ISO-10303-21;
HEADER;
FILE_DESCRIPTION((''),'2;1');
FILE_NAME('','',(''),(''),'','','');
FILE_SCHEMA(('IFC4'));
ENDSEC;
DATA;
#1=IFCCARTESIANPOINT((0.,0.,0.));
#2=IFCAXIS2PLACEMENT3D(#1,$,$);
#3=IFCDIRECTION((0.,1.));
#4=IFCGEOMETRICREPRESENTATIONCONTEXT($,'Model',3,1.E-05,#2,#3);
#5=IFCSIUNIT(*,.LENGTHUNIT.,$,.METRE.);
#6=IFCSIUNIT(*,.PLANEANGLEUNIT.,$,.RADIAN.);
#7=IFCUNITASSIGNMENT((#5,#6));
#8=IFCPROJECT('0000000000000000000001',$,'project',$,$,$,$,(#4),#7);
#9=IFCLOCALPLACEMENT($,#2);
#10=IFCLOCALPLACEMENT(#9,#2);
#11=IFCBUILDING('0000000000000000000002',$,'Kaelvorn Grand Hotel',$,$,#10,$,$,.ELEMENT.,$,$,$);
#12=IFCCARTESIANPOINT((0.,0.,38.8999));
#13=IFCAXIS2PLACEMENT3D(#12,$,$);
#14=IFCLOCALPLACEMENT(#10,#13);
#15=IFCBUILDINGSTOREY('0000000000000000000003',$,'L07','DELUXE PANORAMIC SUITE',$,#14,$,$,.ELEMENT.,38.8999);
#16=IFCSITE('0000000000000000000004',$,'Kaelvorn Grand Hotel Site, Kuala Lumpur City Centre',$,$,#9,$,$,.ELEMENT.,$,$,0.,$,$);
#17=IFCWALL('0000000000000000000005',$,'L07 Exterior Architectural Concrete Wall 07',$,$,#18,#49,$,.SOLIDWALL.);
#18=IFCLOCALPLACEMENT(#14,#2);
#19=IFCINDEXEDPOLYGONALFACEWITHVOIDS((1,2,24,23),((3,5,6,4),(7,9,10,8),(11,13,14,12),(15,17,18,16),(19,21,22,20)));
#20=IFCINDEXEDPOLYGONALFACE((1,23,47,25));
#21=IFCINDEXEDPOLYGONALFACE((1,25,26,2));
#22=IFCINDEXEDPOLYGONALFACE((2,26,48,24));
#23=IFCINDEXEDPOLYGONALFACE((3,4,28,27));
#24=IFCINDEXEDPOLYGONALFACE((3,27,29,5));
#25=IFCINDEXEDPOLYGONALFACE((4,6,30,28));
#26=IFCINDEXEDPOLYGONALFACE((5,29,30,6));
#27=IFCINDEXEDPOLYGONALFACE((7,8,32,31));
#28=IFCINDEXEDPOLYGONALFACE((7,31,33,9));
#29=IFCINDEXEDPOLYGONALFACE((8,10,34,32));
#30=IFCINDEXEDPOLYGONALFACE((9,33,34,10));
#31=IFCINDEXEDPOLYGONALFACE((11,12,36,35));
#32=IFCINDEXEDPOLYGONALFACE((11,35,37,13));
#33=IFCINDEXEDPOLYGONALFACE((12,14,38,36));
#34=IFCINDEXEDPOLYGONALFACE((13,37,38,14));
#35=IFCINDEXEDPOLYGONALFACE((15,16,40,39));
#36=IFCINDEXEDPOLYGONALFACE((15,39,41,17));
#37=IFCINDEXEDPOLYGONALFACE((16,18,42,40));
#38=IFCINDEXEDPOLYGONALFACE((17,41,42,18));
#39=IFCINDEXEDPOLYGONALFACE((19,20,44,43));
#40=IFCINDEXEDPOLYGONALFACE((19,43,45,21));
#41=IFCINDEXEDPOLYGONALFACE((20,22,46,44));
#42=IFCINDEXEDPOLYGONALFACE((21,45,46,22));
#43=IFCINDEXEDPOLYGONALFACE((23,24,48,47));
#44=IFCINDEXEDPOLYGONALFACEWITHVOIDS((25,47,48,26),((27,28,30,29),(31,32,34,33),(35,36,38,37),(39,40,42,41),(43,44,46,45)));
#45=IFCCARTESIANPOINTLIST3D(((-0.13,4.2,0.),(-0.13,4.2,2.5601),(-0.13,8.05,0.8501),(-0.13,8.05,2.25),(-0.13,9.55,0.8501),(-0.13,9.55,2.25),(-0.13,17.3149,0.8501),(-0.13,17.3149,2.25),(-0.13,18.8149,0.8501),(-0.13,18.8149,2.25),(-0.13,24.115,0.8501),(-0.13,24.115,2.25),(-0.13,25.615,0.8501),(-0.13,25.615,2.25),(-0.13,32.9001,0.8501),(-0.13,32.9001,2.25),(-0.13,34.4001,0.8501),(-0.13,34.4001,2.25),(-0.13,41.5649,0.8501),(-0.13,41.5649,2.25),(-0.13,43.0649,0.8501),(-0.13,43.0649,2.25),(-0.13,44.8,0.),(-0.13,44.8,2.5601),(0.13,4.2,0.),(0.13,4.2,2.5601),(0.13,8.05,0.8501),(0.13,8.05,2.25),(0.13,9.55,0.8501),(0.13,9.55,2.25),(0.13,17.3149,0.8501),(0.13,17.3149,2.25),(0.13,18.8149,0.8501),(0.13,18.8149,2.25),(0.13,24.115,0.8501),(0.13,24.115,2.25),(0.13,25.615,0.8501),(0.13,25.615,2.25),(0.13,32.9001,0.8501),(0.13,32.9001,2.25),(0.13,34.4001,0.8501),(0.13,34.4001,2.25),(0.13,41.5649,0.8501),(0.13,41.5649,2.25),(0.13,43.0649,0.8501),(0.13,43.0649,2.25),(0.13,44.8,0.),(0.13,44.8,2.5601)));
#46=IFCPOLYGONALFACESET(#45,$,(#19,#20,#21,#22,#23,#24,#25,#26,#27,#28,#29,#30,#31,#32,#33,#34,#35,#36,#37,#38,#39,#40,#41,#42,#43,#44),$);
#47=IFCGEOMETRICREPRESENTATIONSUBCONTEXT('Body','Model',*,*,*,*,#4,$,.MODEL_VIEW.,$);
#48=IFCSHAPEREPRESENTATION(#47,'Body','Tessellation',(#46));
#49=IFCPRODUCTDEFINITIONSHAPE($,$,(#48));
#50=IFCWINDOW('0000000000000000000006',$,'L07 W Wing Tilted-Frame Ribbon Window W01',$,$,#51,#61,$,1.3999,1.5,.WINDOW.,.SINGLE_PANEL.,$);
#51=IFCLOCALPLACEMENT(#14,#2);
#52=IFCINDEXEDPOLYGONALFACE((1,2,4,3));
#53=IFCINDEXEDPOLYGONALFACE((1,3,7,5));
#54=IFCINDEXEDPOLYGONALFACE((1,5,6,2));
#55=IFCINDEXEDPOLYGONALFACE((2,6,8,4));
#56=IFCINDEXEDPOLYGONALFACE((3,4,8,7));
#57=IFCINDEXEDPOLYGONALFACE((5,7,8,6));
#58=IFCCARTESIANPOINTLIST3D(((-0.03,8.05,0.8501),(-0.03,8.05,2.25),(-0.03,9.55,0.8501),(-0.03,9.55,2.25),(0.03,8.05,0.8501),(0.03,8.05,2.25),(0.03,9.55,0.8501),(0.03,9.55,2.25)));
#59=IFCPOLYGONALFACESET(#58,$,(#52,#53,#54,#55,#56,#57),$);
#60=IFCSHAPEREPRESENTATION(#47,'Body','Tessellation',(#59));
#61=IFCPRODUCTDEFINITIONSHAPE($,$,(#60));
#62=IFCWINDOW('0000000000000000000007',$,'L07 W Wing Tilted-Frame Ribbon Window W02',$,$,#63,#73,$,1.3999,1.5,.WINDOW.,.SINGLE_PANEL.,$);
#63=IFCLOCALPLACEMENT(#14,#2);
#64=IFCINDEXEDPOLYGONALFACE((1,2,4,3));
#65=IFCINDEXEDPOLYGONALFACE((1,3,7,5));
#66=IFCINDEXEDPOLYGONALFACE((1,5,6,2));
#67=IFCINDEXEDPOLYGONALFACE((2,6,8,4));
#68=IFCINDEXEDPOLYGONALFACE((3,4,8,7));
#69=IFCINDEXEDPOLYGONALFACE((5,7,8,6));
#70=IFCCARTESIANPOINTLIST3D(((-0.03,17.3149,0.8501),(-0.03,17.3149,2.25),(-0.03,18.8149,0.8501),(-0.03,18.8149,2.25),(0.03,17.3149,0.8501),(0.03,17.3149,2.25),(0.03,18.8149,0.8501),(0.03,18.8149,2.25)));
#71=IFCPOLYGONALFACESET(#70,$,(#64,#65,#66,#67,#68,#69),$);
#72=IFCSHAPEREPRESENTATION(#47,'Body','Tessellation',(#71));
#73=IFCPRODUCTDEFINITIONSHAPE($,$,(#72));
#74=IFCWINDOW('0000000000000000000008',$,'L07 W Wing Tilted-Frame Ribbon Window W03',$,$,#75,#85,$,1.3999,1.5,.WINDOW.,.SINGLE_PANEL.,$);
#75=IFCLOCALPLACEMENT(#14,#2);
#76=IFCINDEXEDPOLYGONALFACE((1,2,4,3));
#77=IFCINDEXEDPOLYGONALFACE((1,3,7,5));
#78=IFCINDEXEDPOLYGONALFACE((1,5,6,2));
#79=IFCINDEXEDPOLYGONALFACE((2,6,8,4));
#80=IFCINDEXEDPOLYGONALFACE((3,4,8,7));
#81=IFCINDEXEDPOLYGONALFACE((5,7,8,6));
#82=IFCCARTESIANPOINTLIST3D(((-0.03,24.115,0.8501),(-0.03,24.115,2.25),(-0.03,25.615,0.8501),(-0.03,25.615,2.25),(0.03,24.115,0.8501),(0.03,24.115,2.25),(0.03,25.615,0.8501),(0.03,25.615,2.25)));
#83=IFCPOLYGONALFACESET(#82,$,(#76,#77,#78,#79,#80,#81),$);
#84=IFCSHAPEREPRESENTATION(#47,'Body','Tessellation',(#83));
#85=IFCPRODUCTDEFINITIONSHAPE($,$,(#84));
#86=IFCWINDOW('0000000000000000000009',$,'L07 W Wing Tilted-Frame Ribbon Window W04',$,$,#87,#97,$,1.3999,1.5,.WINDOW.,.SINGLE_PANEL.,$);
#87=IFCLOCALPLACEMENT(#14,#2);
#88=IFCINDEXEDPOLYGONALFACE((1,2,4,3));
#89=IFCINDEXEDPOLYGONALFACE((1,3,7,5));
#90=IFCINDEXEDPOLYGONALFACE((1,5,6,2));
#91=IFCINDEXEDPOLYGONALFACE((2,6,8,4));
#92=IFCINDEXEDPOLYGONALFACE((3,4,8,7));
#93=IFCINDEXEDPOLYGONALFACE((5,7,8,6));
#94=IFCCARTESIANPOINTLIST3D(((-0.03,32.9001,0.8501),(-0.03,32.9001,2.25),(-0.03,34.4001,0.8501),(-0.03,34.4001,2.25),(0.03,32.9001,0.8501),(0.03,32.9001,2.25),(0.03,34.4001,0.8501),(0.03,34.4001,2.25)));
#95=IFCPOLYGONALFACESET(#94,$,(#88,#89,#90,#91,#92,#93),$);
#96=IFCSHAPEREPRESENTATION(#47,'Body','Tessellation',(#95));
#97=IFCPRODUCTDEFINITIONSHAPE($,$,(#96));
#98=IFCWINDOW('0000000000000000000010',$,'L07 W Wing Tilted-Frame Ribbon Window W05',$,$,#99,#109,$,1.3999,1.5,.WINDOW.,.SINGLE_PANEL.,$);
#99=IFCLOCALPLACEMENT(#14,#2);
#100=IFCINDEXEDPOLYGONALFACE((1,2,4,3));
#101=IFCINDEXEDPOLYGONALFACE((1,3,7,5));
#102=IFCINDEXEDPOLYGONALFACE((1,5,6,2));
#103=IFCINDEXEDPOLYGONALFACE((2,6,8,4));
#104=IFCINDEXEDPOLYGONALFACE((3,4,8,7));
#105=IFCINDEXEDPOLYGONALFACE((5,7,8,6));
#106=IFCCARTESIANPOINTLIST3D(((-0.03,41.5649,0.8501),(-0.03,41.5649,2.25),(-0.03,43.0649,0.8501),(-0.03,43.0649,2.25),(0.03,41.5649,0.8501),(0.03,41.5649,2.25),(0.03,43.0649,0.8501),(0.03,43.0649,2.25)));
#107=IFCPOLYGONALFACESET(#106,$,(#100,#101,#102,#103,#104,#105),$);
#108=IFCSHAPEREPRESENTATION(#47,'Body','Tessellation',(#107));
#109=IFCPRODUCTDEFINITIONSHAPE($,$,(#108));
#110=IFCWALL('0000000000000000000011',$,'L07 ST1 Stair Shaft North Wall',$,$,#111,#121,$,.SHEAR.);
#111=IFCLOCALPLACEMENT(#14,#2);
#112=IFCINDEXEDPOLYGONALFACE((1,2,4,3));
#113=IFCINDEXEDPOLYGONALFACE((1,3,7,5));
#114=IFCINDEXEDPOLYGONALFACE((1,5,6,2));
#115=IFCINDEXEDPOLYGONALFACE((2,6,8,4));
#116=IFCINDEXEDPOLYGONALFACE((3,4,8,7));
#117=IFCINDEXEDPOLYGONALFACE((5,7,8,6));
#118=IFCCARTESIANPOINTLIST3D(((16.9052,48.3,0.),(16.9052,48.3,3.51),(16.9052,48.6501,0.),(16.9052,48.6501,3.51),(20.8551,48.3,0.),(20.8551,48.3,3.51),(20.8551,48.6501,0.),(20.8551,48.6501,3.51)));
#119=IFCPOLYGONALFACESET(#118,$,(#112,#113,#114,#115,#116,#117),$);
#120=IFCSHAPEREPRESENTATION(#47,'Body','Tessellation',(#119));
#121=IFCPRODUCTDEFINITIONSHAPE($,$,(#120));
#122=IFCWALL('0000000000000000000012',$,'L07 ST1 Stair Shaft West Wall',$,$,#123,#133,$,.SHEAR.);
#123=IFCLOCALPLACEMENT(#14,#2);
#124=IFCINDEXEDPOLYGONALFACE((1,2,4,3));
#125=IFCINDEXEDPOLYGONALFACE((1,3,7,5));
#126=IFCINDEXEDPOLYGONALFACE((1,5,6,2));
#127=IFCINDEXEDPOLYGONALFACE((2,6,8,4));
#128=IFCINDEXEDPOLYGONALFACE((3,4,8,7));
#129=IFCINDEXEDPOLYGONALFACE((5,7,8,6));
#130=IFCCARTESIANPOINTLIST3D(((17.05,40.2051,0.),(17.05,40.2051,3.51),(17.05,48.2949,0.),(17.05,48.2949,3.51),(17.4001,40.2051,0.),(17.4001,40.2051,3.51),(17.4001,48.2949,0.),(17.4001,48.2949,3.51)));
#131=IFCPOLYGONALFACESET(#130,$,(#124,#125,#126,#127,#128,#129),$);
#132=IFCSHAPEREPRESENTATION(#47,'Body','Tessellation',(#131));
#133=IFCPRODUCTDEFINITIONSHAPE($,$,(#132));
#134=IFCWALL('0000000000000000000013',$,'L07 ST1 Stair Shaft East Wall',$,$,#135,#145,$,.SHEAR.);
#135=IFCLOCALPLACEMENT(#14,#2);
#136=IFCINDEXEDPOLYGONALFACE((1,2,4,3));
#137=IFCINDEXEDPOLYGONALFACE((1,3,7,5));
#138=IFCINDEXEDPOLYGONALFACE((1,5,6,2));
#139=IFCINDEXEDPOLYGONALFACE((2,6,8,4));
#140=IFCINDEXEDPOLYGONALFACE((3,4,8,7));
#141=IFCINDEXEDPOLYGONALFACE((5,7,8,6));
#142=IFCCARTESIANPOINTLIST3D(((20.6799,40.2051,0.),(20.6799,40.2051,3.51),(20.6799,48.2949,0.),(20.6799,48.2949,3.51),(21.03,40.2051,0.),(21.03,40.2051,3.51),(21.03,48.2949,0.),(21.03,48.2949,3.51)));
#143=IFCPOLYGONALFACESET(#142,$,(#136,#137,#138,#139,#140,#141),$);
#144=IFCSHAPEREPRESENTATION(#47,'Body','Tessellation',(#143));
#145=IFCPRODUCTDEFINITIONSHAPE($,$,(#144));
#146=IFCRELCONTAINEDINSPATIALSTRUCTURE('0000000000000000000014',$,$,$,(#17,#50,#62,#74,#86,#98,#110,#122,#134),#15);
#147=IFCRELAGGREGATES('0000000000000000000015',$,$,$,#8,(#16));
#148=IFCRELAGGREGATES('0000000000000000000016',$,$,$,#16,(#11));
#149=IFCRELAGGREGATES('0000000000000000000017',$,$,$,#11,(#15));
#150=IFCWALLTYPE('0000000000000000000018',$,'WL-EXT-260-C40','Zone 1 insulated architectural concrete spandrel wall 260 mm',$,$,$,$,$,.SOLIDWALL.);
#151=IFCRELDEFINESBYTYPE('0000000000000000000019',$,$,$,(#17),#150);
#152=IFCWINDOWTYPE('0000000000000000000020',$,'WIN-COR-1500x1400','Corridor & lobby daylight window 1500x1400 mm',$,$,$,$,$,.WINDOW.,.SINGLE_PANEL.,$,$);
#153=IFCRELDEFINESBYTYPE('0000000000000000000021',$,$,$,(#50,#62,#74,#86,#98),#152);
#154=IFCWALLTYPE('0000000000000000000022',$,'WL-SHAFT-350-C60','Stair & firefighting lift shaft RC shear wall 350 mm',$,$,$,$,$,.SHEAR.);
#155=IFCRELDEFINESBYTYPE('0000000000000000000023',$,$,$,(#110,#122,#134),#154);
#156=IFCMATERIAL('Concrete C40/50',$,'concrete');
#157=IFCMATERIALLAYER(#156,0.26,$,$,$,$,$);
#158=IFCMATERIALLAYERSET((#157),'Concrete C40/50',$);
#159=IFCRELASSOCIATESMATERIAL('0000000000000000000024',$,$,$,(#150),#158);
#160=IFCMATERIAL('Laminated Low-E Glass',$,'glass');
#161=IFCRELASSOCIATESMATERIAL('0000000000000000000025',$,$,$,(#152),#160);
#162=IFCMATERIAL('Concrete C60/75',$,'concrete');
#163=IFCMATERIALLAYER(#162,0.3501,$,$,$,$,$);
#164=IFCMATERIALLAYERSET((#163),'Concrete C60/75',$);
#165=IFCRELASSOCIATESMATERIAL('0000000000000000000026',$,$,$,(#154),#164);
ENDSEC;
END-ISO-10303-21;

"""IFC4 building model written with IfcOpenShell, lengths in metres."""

from ifc_helpers import new_model, si_unit, direction, frame, frame_2d, origin, place, context, subcontext, project, spatial, rectangle, extrude, material, layer, layer_set, type_object, element, fill, save


model = new_model("IFC4")

# Units and contexts
model_context = context("Model", 3, precision=1e-05, world=origin(), true_north=direction((0.0, 1.0)))
body_context = subcontext(model_context, "Body", "Model", "MODEL_VIEW")
ifc_project = project(units=[si_unit("LENGTHUNIT", "METRE"), si_unit("PLANEANGLEUNIT", "RADIAN")], contexts=[model_context])

# Site, building, storey
site_placement = place(None, origin())
site = spatial("IfcSite", under=ifc_project, at=site_placement, Name="Kaelvorn Grand Hotel Site, Kuala Lumpur City Centre", CompositionType="ELEMENT", RefElevation=0.0)
building_placement = place(site_placement, origin())
building = spatial("IfcBuilding", under=site, at=building_placement, Name="Kaelvorn Grand Hotel", CompositionType="ELEMENT")
storey_placement = place(building_placement, frame((0.0, 0.0, 38.8999)))
storey = spatial("IfcBuildingStorey", under=building, at=storey_placement, Name="L07", Description="DELUXE PANORAMIC SUITE", CompositionType="ELEMENT", Elevation=38.8999)

# Shared definitions
ifc_material_1 = material(Name="Concrete C60/75", Category="concrete")

# Shared definitions
ifc_material_2 = material(Name="Concrete C40/50", Category="concrete")
ifc_layer_1 = layer(ifc_material_2, 0.26)
ifc_layer_set_1 = layer_set([ifc_layer_1], Name="Concrete C40/50")
wall_type_1 = type_object("IfcWallType", Name="WL-EXT-260-C40", Description="Zone 1 insulated architectural concrete spandrel wall 260 mm", PredefinedType="SOLIDWALL", material=ifc_layer_set_1)

# Wall, openings, windows
wall_1_placement = place(storey_placement, frame((0.0, 44.8, 0.0), z_axis=(0.0, 0.0, 1.0), x_axis=(0.0, -1.0, 0.0)))
wall_1 = element("IfcWall", 1, at=wall_1_placement, inside=storey, type_object=wall_type_1, Name="L07 Exterior Architectural Concrete Wall 07", PredefinedType="SOLIDWALL", context=body_context, shape_type="SweptSolid", body=[
    extrude(rectangle(XDim=40.6001, YDim=0.26, at=frame_2d((20.3, 0.0))), origin(), (0.0, 0.0, 1.0), 2.5601),
])
opening_1_placement = place(wall_1_placement, frame((35.25, 0.0, 0.8501)))
opening_1 = element("IfcOpeningElement", 2, at=opening_1_placement, cuts=wall_1, PredefinedType="OPENING", context=body_context, shape_type="SweptSolid", body=[
    extrude(rectangle(XDim=1.5, YDim=1.3999, at=frame_2d((0.75, 0.7))), frame((0.0, 0.1401, 0.0), z_axis=(0.0, -1.0, 0.0), x_axis=(1.0, 0.0, 0.0)), (0.0, 0.0, 1.0), 0.28),
])
opening_2_placement = place(wall_1_placement, frame((25.9851, 0.0, 0.8501)))
opening_2 = element("IfcOpeningElement", 3, at=opening_2_placement, cuts=wall_1, PredefinedType="OPENING", context=body_context, shape_type="SweptSolid", body=[
    extrude(rectangle(XDim=1.5, YDim=1.3999, at=frame_2d((0.75, 0.7))), frame((0.0, 0.1401, 0.0), z_axis=(0.0, -1.0, 0.0), x_axis=(1.0, 0.0, 0.0)), (0.0, 0.0, 1.0), 0.28),
])
opening_3_placement = place(wall_1_placement, frame((19.1851, 0.0, 0.8501)))
opening_3 = element("IfcOpeningElement", 4, at=opening_3_placement, cuts=wall_1, PredefinedType="OPENING", context=body_context, shape_type="SweptSolid", body=[
    extrude(rectangle(XDim=1.5, YDim=1.3999, at=frame_2d((0.75, 0.7))), frame((0.0, 0.1401, 0.0), z_axis=(0.0, -1.0, 0.0), x_axis=(1.0, 0.0, 0.0)), (0.0, 0.0, 1.0), 0.28),
])
opening_4_placement = place(wall_1_placement, frame((10.3999, 0.0, 0.8501)))
opening_4 = element("IfcOpeningElement", 5, at=opening_4_placement, cuts=wall_1, PredefinedType="OPENING", context=body_context, shape_type="SweptSolid", body=[
    extrude(rectangle(XDim=1.5, YDim=1.3999, at=frame_2d((0.75, 0.7))), frame((0.0, 0.1401, 0.0), z_axis=(0.0, -1.0, 0.0), x_axis=(1.0, 0.0, 0.0)), (0.0, 0.0, 1.0), 0.28),
])
opening_5_placement = place(wall_1_placement, frame((1.7351, 0.0, 0.8501)))
opening_5 = element("IfcOpeningElement", 6, at=opening_5_placement, cuts=wall_1, PredefinedType="OPENING", context=body_context, shape_type="SweptSolid", body=[
    extrude(rectangle(XDim=1.5, YDim=1.3999, at=frame_2d((0.75, 0.7))), frame((0.0, 0.1401, 0.0), z_axis=(0.0, -1.0, 0.0), x_axis=(1.0, 0.0, 0.0)), (0.0, 0.0, 1.0), 0.28),
])
ifc_material_3 = material(Name="Laminated Low-E Glass", Category="glass")
window_type = type_object("IfcWindowType", Name="WIN-COR-1500x1400", Description="Corridor & lobby daylight window 1500x1400 mm", PartitioningType="SINGLE_PANEL", PredefinedType="WINDOW", material=ifc_material_3)
window_1_placement = place(opening_1_placement, origin())
window_1 = element("IfcWindow", 7, at=window_1_placement, inside=storey, type_object=window_type, Name="L07 W Wing Tilted-Frame Ribbon Window W01", OverallHeight=1.3999, OverallWidth=1.5, PartitioningType="SINGLE_PANEL", PredefinedType="WINDOW", context=body_context, shape_type="SweptSolid", body=[
    extrude(rectangle(XDim=1.5, YDim=1.3999, at=frame_2d((0.75, 0.7))), frame((0.0, 0.03, 0.0), z_axis=(0.0, -1.0, 0.0), x_axis=(1.0, 0.0, 0.0)), (0.0, 0.0, 1.0), 0.0601),
])
fill(opening_1, window_1)
window_2_placement = place(opening_2_placement, origin())
window_2 = element("IfcWindow", 8, at=window_2_placement, inside=storey, type_object=window_type, Name="L07 W Wing Tilted-Frame Ribbon Window W02", OverallHeight=1.3999, OverallWidth=1.5, PartitioningType="SINGLE_PANEL", PredefinedType="WINDOW", context=body_context, shape_type="SweptSolid", body=[
    extrude(rectangle(XDim=1.5, YDim=1.3999, at=frame_2d((0.75, 0.7))), frame((0.0, 0.03, 0.0), z_axis=(0.0, -1.0, 0.0), x_axis=(1.0, 0.0, 0.0)), (0.0, 0.0, 1.0), 0.0601),
])
fill(opening_2, window_2)
window_3_placement = place(opening_3_placement, origin())
window_3 = element("IfcWindow", 9, at=window_3_placement, inside=storey, type_object=window_type, Name="L07 W Wing Tilted-Frame Ribbon Window W03", OverallHeight=1.3999, OverallWidth=1.5, PartitioningType="SINGLE_PANEL", PredefinedType="WINDOW", context=body_context, shape_type="SweptSolid", body=[
    extrude(rectangle(XDim=1.5, YDim=1.3999, at=frame_2d((0.75, 0.7))), frame((0.0, 0.03, 0.0), z_axis=(0.0, -1.0, 0.0), x_axis=(1.0, 0.0, 0.0)), (0.0, 0.0, 1.0), 0.0601),
])
fill(opening_3, window_3)
window_4_placement = place(opening_4_placement, origin())
window_4 = element("IfcWindow", 10, at=window_4_placement, inside=storey, type_object=window_type, Name="L07 W Wing Tilted-Frame Ribbon Window W04", OverallHeight=1.3999, OverallWidth=1.5, PartitioningType="SINGLE_PANEL", PredefinedType="WINDOW", context=body_context, shape_type="SweptSolid", body=[
    extrude(rectangle(XDim=1.5, YDim=1.3999, at=frame_2d((0.75, 0.7))), frame((0.0, 0.03, 0.0), z_axis=(0.0, -1.0, 0.0), x_axis=(1.0, 0.0, 0.0)), (0.0, 0.0, 1.0), 0.0601),
])
fill(opening_4, window_4)
window_5_placement = place(opening_5_placement, origin())
window_5 = element("IfcWindow", 11, at=window_5_placement, inside=storey, type_object=window_type, Name="L07 W Wing Tilted-Frame Ribbon Window W05", OverallHeight=1.3999, OverallWidth=1.5, PartitioningType="SINGLE_PANEL", PredefinedType="WINDOW", context=body_context, shape_type="SweptSolid", body=[
    extrude(rectangle(XDim=1.5, YDim=1.3999, at=frame_2d((0.75, 0.7))), frame((0.0, 0.03, 0.0), z_axis=(0.0, -1.0, 0.0), x_axis=(1.0, 0.0, 0.0)), (0.0, 0.0, 1.0), 0.0601),
])
fill(opening_5, window_5)

# Shared definitions
ifc_layer_2 = layer(ifc_material_1, 0.3501)
ifc_layer_set_2 = layer_set([ifc_layer_2], Name="Concrete C60/75")
wall_type_2 = type_object("IfcWallType", Name="WL-SHAFT-350-C60", Description="Stair & firefighting lift shaft RC shear wall 350 mm", PredefinedType="SHEAR", material=ifc_layer_set_2)

# Walls
wall_2_placement = place(storey_placement, frame((16.905, 48.4751, 0.0), z_axis=(0.0, 0.0, 1.0), x_axis=(1.0, 0.0, 0.0)))
element("IfcWall", 12, at=wall_2_placement, inside=storey, type_object=wall_type_2, Name="L07 ST1 Stair Shaft North Wall", PredefinedType="SHEAR", context=body_context, shape_type="SweptSolid", body=[
    extrude(rectangle(XDim=3.95, YDim=0.3501, at=frame_2d((1.9751, 0.0))), origin(), (0.0, 0.0, 1.0), 3.51),
])
for number, where, z_axis, x_axis, name in (
    (13, (17.2251, 40.2051, 0.0), (0.0, 0.0, 1.0), (0.0, 1.0, 0.0), "L07 ST1 Stair Shaft West Wall"),
    (14, (20.855, 40.2051, 0.0), (0.0, 0.0, 1.0), (0.0, 1.0, 0.0), "L07 ST1 Stair Shaft East Wall"),
):
    element("IfcWall", number, at=place(storey_placement, frame(where, z_axis=z_axis, x_axis=x_axis)), inside=storey, type_object=wall_type_2, Name=name, PredefinedType="SHEAR", context=body_context, shape_type="SweptSolid", body=[
        extrude(rectangle(XDim=8.0898, YDim=0.3501, at=frame_2d((4.0449, 0.0))), origin(), (0.0, 0.0, 1.0), 3.51),
    ])

save(model, "model.ifc")
